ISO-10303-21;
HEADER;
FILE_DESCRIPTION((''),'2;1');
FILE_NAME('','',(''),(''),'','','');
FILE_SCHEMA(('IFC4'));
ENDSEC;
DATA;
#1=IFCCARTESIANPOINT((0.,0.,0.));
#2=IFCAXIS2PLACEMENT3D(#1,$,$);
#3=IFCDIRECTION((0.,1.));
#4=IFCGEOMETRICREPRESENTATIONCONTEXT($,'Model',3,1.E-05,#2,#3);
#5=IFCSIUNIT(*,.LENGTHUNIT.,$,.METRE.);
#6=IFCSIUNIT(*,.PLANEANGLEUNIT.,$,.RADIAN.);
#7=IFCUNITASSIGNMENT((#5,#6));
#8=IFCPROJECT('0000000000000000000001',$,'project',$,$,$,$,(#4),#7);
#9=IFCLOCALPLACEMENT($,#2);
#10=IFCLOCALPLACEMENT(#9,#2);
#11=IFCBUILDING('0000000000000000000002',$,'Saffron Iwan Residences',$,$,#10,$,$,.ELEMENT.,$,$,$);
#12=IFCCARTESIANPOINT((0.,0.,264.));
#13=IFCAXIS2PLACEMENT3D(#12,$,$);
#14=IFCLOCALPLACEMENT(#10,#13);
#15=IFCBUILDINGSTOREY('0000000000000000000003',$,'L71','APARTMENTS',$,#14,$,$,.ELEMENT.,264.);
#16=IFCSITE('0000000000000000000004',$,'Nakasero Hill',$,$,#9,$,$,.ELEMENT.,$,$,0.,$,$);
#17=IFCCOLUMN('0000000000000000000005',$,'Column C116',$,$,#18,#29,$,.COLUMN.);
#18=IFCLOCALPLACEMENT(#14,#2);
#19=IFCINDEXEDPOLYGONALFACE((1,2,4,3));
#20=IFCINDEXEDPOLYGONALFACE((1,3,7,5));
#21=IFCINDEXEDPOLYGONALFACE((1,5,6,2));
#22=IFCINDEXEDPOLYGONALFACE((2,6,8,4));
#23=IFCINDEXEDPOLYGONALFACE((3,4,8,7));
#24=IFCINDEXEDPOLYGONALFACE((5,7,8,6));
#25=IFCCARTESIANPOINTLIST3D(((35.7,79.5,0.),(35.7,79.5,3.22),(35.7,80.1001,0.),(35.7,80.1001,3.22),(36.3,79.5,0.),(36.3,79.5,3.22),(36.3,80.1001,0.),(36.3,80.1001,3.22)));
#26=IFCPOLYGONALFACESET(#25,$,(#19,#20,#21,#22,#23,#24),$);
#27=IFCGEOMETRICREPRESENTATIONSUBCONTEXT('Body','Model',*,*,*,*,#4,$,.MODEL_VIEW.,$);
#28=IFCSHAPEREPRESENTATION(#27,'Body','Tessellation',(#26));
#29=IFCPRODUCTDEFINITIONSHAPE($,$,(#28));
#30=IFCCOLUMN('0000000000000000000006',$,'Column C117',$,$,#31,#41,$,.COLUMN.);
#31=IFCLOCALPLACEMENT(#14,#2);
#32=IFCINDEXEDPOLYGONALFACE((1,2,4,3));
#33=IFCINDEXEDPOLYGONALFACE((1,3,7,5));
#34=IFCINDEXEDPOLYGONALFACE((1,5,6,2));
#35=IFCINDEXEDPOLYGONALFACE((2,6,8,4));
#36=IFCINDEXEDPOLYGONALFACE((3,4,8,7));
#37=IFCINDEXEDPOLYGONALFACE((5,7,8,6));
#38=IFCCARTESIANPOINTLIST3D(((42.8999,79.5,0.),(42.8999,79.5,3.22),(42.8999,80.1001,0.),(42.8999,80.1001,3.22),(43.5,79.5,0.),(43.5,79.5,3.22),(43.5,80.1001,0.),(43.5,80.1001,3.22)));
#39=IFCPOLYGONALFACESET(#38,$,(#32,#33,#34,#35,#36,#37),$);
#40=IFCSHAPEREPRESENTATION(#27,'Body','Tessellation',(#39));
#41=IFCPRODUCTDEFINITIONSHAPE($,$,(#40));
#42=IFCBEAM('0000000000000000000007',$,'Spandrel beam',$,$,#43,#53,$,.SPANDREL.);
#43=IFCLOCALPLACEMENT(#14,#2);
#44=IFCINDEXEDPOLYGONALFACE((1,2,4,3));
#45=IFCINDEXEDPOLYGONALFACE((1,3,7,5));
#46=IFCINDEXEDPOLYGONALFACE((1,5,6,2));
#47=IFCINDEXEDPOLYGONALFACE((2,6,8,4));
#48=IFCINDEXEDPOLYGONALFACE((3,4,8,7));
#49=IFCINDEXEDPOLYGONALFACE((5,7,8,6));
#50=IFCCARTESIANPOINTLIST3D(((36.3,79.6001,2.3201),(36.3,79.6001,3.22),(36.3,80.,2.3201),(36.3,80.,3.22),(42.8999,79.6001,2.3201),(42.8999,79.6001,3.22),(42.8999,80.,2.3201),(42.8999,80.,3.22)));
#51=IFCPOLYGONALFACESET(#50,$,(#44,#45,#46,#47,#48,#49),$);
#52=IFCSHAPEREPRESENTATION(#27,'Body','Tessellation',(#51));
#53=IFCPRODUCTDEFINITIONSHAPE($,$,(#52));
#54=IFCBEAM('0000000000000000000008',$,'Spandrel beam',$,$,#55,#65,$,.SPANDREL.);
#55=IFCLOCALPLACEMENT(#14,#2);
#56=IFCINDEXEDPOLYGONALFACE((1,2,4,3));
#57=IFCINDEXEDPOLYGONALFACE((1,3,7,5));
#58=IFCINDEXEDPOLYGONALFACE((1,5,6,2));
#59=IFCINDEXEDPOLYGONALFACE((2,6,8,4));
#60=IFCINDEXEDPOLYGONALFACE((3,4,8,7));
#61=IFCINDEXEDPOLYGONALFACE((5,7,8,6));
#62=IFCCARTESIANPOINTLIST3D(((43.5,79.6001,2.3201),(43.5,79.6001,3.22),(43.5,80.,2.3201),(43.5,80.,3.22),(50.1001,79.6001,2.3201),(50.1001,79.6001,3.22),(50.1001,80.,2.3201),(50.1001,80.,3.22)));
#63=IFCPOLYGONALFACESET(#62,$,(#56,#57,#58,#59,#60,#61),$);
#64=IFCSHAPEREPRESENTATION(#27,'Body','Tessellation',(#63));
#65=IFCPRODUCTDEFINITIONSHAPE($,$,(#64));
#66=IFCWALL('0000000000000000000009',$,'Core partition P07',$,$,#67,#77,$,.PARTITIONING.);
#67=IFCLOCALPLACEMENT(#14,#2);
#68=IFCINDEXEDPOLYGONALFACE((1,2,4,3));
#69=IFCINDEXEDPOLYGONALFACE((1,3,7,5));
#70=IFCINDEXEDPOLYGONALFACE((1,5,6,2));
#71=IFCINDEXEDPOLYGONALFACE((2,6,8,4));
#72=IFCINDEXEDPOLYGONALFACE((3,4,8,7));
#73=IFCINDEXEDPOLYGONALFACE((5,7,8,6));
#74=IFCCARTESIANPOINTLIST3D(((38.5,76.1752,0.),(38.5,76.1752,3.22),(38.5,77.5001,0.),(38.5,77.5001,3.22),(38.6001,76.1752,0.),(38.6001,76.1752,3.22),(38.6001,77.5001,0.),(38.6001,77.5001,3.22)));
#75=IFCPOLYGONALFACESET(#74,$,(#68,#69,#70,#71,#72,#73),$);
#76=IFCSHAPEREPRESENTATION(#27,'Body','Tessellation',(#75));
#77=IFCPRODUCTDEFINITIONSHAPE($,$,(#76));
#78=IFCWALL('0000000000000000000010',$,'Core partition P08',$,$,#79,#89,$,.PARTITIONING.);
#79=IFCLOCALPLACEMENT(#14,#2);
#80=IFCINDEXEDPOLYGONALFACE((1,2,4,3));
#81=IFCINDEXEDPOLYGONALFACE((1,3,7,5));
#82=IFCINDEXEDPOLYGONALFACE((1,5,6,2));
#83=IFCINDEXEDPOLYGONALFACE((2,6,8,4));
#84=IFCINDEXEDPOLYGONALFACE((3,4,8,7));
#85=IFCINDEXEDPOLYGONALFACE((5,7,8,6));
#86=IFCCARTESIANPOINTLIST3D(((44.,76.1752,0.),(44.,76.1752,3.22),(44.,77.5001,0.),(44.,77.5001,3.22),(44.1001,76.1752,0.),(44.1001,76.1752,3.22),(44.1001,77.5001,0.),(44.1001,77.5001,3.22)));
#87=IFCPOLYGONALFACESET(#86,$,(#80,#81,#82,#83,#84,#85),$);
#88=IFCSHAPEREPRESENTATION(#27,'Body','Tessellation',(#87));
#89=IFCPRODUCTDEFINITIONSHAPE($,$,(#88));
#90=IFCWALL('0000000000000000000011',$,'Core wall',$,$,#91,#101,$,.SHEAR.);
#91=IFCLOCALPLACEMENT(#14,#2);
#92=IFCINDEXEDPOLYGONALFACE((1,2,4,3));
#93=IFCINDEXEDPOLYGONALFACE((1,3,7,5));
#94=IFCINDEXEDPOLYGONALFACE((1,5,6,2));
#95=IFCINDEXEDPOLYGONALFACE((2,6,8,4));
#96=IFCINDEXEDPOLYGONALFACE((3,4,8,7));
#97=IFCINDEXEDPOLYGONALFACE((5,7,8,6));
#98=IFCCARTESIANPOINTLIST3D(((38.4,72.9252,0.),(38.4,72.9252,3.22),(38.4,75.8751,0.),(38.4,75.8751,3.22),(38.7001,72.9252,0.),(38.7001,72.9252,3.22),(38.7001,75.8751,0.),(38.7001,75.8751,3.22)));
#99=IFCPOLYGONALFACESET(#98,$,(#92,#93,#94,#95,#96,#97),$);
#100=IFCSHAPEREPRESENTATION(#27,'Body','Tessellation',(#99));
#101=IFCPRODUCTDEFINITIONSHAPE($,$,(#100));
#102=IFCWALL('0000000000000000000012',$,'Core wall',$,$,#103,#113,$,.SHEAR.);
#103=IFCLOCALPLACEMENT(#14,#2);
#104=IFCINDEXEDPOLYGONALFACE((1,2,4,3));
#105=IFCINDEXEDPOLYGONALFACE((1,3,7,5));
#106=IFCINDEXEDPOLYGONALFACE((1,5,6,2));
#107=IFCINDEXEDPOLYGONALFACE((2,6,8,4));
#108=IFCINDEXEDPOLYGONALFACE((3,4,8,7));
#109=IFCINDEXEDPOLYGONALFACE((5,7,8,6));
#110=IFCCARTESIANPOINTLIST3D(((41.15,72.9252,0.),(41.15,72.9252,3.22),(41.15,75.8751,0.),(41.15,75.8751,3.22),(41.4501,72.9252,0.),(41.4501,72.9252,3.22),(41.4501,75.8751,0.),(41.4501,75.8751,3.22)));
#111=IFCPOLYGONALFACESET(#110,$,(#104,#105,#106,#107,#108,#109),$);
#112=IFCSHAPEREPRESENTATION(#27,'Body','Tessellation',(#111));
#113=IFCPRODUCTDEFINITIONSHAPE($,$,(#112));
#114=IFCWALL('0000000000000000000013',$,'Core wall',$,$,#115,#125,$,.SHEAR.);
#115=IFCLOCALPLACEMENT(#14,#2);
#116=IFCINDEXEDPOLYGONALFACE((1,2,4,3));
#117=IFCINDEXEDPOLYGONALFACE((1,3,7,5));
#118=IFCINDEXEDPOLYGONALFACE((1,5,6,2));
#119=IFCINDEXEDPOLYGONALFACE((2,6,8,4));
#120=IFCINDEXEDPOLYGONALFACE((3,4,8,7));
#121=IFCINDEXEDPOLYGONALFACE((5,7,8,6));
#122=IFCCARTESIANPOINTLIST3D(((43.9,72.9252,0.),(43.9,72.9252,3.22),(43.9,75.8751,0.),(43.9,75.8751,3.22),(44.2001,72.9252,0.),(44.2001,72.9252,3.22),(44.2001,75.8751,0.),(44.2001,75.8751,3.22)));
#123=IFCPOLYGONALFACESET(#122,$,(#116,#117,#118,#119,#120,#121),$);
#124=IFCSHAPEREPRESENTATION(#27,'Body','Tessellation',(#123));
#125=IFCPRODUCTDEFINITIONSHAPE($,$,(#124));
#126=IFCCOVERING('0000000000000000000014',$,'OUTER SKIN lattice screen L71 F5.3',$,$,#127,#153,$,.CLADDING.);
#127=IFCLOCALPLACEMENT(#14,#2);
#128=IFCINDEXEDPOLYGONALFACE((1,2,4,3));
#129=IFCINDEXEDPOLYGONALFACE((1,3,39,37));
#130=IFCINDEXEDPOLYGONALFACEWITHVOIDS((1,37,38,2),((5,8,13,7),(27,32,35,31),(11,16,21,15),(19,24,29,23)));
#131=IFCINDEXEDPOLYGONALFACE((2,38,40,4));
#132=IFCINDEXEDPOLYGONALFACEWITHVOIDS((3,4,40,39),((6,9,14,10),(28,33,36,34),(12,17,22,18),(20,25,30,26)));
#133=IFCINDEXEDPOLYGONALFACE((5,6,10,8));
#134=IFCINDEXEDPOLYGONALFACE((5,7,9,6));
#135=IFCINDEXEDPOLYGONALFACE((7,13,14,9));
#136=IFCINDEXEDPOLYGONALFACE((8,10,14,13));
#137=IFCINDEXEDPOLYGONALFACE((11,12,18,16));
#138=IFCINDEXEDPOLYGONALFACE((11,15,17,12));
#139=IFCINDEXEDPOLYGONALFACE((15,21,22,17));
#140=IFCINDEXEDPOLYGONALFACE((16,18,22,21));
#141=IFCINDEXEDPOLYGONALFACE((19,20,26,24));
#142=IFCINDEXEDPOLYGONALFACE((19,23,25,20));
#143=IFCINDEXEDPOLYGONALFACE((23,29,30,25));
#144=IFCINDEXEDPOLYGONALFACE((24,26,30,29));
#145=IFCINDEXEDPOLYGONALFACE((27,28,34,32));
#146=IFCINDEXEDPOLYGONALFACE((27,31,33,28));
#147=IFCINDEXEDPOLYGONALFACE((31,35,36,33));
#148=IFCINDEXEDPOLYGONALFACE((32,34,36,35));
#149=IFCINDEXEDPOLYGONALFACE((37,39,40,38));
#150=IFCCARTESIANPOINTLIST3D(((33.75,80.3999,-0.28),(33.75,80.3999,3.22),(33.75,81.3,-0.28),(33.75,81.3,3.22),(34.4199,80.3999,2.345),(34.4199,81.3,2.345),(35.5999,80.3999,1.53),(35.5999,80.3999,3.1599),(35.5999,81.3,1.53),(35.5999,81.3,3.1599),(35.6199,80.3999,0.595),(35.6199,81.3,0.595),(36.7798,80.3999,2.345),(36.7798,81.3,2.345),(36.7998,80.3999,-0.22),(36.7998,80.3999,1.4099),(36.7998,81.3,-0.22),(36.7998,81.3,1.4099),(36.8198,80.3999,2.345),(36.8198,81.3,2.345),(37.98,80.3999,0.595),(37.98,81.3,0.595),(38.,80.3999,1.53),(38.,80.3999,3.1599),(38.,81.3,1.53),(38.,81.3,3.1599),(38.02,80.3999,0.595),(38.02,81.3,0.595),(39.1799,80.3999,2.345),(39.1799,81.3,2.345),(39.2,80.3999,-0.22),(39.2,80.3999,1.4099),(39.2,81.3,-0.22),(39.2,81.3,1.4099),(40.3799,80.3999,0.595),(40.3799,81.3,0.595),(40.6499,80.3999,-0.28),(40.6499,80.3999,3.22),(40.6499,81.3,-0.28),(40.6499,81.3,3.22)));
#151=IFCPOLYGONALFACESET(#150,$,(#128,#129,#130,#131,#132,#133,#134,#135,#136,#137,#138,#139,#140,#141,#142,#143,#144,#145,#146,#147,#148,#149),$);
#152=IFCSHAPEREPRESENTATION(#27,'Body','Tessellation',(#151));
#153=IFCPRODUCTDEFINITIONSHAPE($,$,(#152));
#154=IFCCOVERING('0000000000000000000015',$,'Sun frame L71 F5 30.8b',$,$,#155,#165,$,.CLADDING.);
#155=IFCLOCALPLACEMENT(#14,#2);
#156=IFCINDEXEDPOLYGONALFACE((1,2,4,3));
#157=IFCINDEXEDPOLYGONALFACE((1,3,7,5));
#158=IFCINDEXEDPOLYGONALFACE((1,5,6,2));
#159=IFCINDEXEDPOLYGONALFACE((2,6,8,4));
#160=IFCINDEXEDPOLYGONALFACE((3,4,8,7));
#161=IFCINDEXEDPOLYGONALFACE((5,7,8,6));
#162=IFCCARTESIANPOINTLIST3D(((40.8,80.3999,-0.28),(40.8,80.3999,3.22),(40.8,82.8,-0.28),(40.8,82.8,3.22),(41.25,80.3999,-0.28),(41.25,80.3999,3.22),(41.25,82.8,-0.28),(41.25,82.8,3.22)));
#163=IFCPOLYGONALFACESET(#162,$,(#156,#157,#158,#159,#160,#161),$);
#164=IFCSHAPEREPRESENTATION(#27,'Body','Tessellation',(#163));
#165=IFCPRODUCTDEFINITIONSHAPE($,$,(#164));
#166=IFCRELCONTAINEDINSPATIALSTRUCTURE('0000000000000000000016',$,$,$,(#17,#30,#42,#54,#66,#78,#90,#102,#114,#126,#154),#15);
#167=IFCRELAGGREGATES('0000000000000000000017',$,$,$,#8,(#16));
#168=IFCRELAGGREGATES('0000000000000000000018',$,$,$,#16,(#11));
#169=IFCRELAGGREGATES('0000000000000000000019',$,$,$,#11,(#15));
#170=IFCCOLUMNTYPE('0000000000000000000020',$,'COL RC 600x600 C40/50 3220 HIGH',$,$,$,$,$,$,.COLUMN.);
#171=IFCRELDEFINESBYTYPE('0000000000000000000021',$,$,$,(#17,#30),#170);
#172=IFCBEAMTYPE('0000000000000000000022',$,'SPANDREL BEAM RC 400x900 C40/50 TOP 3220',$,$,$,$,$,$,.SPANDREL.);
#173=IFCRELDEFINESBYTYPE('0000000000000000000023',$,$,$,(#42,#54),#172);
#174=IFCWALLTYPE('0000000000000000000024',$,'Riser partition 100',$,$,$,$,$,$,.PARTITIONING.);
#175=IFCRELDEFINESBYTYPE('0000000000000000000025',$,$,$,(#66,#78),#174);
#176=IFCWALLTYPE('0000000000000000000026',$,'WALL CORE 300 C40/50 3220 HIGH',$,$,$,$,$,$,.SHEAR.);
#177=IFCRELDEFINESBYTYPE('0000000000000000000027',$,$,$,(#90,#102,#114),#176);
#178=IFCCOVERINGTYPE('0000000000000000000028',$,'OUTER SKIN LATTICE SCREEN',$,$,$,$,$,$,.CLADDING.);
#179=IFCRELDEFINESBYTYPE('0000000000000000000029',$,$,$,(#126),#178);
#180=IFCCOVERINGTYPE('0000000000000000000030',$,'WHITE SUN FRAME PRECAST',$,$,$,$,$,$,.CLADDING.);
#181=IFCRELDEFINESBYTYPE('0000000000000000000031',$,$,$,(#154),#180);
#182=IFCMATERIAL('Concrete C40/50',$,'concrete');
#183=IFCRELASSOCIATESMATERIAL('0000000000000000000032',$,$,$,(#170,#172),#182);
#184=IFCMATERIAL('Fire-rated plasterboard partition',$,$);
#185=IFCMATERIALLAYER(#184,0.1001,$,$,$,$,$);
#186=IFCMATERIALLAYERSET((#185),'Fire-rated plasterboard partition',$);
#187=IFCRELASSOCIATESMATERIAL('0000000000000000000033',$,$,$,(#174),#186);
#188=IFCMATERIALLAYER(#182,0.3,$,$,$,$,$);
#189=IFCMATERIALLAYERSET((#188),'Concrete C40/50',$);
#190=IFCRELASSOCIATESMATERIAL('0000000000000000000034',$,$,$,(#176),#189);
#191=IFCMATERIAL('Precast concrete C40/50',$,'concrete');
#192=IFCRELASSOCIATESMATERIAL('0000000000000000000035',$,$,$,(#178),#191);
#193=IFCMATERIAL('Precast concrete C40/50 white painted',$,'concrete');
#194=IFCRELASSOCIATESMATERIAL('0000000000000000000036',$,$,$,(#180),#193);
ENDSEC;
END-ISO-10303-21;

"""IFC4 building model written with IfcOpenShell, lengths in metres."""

from ifc_helpers import new_model, si_unit, direction, frame, frame_2d, origin, origin_2d, place, context, subcontext, project, spatial, polyline, rectangle, outline, extrude, source, transform, mapped, material, layer, layer_set, material_profile, profile_set, type_object, element, save


model = new_model("IFC4")

# Units and contexts
model_context = context("Model", 3, precision=1e-05, world=origin(), true_north=direction((0.0, 1.0)))
body_context = subcontext(model_context, "Body", "Model", "MODEL_VIEW")
ifc_project = project(units=[si_unit("LENGTHUNIT", "METRE"), si_unit("PLANEANGLEUNIT", "RADIAN")], contexts=[model_context])

# Site, building, storey
site_placement = place(None, origin())
site = spatial("IfcSite", under=ifc_project, at=site_placement, Name="Nakasero Hill", CompositionType="ELEMENT", RefElevation=0.0)
building_placement = place(site_placement, origin())
building = spatial("IfcBuilding", under=site, at=building_placement, Name="Saffron Iwan Residences", CompositionType="ELEMENT")
storey_placement = place(building_placement, frame((0.0, 0.0, 264.0)))
storey = spatial("IfcBuildingStorey", under=building, at=storey_placement, Name="L71", Description="APARTMENTS", CompositionType="ELEMENT", Elevation=264.0)

# Columns
ifc_material_1 = material(Name="Concrete C40/50", Category="concrete")
ifc_material_profile_1 = material_profile(ifc_material_1, rectangle(XDim=0.6001, YDim=0.6001, at=origin_2d()), Name="RC 600x600")
ifc_profile_set_1 = profile_set([ifc_material_profile_1], Name="Concrete C40/50")
column_type = type_object("IfcColumnType", Name="COL RC 600x600 C40/50 3220 HIGH", PredefinedType="COLUMN", material=ifc_profile_set_1)
shared_shape_1 = source(origin(), body_context, "Body", "SweptSolid", [
    extrude(rectangle(XDim=0.6001, YDim=0.6001, at=origin_2d()), origin(), (0.0, 0.0, 1.0), 3.22),
])
for number, where, z_axis, x_axis, name in (
    (1, (36.0, 79.8, 0.0), (0.0, 0.0, 1.0), (1.0, 0.0, 0.0), "Column C116"),
    (2, (43.2, 79.8, 0.0), (0.0, 0.0, 1.0), (1.0, 0.0, 0.0), "Column C117"),
):
    element("IfcColumn", number, at=place(storey_placement, frame(where, z_axis=z_axis, x_axis=x_axis)), inside=storey, type_object=column_type, Name=name, PredefinedType="COLUMN", context=body_context, shape_type="MappedRepresentation", body=[
        mapped(shared_shape_1, transform((0.0, 0.0, 0.0))),
    ])

# Beams
ifc_material_profile_2 = material_profile(ifc_material_1, rectangle(XDim=0.3999, YDim=0.8999, at=origin_2d()), Name="RC 400x900")
ifc_profile_set_2 = profile_set([ifc_material_profile_2], Name="Concrete C40/50")
beam_type = type_object("IfcBeamType", Name="SPANDREL BEAM RC 400x900 C40/50 TOP 3220", PredefinedType="SPANDREL", material=ifc_profile_set_2)
shared_shape_2 = source(origin(), body_context, "Body", "SweptSolid", [
    extrude(rectangle(XDim=0.3999, YDim=0.8999, at=origin_2d()), origin(), (0.0, 0.0, 1.0), 6.5999),
])
beam_1_placement = place(storey_placement, frame((36.3, 79.8, 2.77), z_axis=(1.0, 0.0, 0.0), x_axis=(0.0, 1.0, 0.0)))
element("IfcBeam", 3, at=beam_1_placement, inside=storey, type_object=beam_type, Name="Spandrel beam", PredefinedType="SPANDREL", context=body_context, shape_type="MappedRepresentation", body=[
    mapped(shared_shape_2, transform((0.0, 0.0, 0.0))),
])
shared_shape_3 = source(origin(), body_context, "Body", "SweptSolid", [
    extrude(rectangle(XDim=0.3999, YDim=0.8999, at=origin_2d()), origin(), (0.0, 0.0, 1.0), 6.6001),
])
beam_2_placement = place(storey_placement, frame((43.5, 79.8, 2.77), z_axis=(1.0, 0.0, 0.0), x_axis=(0.0, 1.0, 0.0)))
element("IfcBeam", 4, at=beam_2_placement, inside=storey, type_object=beam_type, Name="Spandrel beam", PredefinedType="SPANDREL", context=body_context, shape_type="MappedRepresentation", body=[
    mapped(shared_shape_3, transform((0.0, 0.0, 0.0))),
])

# Walls
ifc_material_2 = material(Name="Fire-rated plasterboard partition")
ifc_layer_1 = layer(ifc_material_2, 0.1001)
ifc_layer_set_1 = layer_set([ifc_layer_1], Name="Fire-rated plasterboard partition")
wall_type_1 = type_object("IfcWallType", Name="Riser partition 100", PredefinedType="PARTITIONING", material=ifc_layer_set_1)
for number, where, z_axis, x_axis, name in (
    (5, (38.55, 76.175, 0.0), (0.0, 0.0, 1.0), (0.0, 1.0, 0.0), "Core partition P07"),
    (6, (44.05, 76.175, 0.0), (0.0, 0.0, 1.0), (0.0, 1.0, 0.0), "Core partition P08"),
):
    element("IfcWall", number, at=place(storey_placement, frame(where, z_axis=z_axis, x_axis=x_axis)), inside=storey, type_object=wall_type_1, Name=name, PredefinedType="PARTITIONING", context=body_context, shape_type="SweptSolid", body=[
        extrude(rectangle(XDim=1.325, YDim=0.1001, at=frame_2d((0.6626, 0.0))), origin(), (0.0, 0.0, 1.0), 3.22),
    ])
ifc_layer_2 = layer(ifc_material_1, 0.3)
ifc_layer_set_2 = layer_set([ifc_layer_2], Name="Concrete C40/50")
wall_type_2 = type_object("IfcWallType", Name="WALL CORE 300 C40/50 3220 HIGH", PredefinedType="SHEAR", material=ifc_layer_set_2)
for number, where, z_axis, x_axis, name in (
    (7, (38.55, 72.925, 0.0), (0.0, 0.0, 1.0), (0.0, 1.0, 0.0), "Core wall"),
    (8, (41.3, 72.925, 0.0), (0.0, 0.0, 1.0), (0.0, 1.0, 0.0), "Core wall"),
    (9, (44.05, 72.925, 0.0), (0.0, 0.0, 1.0), (0.0, 1.0, 0.0), "Core wall"),
):
    element("IfcWall", number, at=place(storey_placement, frame(where, z_axis=z_axis, x_axis=x_axis)), inside=storey, type_object=wall_type_2, Name=name, PredefinedType="SHEAR", context=body_context, shape_type="SweptSolid", body=[
        extrude(rectangle(XDim=2.95, YDim=0.3, at=frame_2d((1.4751, 0.0))), origin(), (0.0, 0.0, 1.0), 3.22),
    ])

# Coverings
ifc_material_3 = material(Name="Precast concrete C40/50", Category="concrete")
covering_type_1 = type_object("IfcCoveringType", Name="OUTER SKIN LATTICE SCREEN", PredefinedType="CLADDING", material=ifc_material_3)
covering_1_placement = place(storey_placement, frame((40.6499, 80.3999, -0.28), z_axis=(0.0, 1.0, 0.0), x_axis=(-1.0, 0.0, 0.0)))
element("IfcCovering", 10, at=covering_1_placement, inside=storey, type_object=covering_type_1, Name="OUTER SKIN lattice screen L71 F5.3", PredefinedType="CLADDING", context=body_context, shape_type="SweptSolid", body=[
    extrude(outline(polyline([(0.0, 0.0), (6.8999, 0.0), (6.8999, 3.5), (0.0, 3.5), (0.0, 0.0)]), holes=[polyline([(0.27, 0.875), (1.45, 0.0601), (2.6299, 0.875), (1.45, 1.6899), (0.27, 0.875)]), polyline([(2.6699, 0.875), (3.8501, 0.0601), (5.03, 0.875), (3.8501, 1.6899), (2.6699, 0.875)]), polyline([(1.47, 2.625), (2.6499, 1.8101), (3.8301, 2.625), (2.6499, 3.4399), (1.47, 2.625)]), polyline([(3.8701, 2.625), (5.05, 1.8101), (6.23, 2.625), (5.05, 3.4399), (3.8701, 2.625)])]), origin(), (0.0, 0.0, 1.0), 0.9001),
])
ifc_material_4 = material(Name="Precast concrete C40/50 white painted", Category="concrete")
covering_type_2 = type_object("IfcCoveringType", Name="WHITE SUN FRAME PRECAST", PredefinedType="CLADDING", material=ifc_material_4)
covering_2_placement = place(storey_placement, frame((41.25, 80.3999, -0.28), z_axis=(0.0, 1.0, 0.0), x_axis=(-1.0, 0.0, 0.0)))
element("IfcCovering", 11, at=covering_2_placement, inside=storey, type_object=covering_type_2, Name="Sun frame L71 F5 30.8b", PredefinedType="CLADDING", context=body_context, shape_type="SweptSolid", body=[
    extrude(outline(polyline([(0.0, 0.0), (0.45, 0.0), (0.45, 3.5), (0.0, 3.5), (0.0, 0.0)])), origin(), (0.0, 0.0, 1.0), 2.4001),
])

save(model, "model.ifc")
